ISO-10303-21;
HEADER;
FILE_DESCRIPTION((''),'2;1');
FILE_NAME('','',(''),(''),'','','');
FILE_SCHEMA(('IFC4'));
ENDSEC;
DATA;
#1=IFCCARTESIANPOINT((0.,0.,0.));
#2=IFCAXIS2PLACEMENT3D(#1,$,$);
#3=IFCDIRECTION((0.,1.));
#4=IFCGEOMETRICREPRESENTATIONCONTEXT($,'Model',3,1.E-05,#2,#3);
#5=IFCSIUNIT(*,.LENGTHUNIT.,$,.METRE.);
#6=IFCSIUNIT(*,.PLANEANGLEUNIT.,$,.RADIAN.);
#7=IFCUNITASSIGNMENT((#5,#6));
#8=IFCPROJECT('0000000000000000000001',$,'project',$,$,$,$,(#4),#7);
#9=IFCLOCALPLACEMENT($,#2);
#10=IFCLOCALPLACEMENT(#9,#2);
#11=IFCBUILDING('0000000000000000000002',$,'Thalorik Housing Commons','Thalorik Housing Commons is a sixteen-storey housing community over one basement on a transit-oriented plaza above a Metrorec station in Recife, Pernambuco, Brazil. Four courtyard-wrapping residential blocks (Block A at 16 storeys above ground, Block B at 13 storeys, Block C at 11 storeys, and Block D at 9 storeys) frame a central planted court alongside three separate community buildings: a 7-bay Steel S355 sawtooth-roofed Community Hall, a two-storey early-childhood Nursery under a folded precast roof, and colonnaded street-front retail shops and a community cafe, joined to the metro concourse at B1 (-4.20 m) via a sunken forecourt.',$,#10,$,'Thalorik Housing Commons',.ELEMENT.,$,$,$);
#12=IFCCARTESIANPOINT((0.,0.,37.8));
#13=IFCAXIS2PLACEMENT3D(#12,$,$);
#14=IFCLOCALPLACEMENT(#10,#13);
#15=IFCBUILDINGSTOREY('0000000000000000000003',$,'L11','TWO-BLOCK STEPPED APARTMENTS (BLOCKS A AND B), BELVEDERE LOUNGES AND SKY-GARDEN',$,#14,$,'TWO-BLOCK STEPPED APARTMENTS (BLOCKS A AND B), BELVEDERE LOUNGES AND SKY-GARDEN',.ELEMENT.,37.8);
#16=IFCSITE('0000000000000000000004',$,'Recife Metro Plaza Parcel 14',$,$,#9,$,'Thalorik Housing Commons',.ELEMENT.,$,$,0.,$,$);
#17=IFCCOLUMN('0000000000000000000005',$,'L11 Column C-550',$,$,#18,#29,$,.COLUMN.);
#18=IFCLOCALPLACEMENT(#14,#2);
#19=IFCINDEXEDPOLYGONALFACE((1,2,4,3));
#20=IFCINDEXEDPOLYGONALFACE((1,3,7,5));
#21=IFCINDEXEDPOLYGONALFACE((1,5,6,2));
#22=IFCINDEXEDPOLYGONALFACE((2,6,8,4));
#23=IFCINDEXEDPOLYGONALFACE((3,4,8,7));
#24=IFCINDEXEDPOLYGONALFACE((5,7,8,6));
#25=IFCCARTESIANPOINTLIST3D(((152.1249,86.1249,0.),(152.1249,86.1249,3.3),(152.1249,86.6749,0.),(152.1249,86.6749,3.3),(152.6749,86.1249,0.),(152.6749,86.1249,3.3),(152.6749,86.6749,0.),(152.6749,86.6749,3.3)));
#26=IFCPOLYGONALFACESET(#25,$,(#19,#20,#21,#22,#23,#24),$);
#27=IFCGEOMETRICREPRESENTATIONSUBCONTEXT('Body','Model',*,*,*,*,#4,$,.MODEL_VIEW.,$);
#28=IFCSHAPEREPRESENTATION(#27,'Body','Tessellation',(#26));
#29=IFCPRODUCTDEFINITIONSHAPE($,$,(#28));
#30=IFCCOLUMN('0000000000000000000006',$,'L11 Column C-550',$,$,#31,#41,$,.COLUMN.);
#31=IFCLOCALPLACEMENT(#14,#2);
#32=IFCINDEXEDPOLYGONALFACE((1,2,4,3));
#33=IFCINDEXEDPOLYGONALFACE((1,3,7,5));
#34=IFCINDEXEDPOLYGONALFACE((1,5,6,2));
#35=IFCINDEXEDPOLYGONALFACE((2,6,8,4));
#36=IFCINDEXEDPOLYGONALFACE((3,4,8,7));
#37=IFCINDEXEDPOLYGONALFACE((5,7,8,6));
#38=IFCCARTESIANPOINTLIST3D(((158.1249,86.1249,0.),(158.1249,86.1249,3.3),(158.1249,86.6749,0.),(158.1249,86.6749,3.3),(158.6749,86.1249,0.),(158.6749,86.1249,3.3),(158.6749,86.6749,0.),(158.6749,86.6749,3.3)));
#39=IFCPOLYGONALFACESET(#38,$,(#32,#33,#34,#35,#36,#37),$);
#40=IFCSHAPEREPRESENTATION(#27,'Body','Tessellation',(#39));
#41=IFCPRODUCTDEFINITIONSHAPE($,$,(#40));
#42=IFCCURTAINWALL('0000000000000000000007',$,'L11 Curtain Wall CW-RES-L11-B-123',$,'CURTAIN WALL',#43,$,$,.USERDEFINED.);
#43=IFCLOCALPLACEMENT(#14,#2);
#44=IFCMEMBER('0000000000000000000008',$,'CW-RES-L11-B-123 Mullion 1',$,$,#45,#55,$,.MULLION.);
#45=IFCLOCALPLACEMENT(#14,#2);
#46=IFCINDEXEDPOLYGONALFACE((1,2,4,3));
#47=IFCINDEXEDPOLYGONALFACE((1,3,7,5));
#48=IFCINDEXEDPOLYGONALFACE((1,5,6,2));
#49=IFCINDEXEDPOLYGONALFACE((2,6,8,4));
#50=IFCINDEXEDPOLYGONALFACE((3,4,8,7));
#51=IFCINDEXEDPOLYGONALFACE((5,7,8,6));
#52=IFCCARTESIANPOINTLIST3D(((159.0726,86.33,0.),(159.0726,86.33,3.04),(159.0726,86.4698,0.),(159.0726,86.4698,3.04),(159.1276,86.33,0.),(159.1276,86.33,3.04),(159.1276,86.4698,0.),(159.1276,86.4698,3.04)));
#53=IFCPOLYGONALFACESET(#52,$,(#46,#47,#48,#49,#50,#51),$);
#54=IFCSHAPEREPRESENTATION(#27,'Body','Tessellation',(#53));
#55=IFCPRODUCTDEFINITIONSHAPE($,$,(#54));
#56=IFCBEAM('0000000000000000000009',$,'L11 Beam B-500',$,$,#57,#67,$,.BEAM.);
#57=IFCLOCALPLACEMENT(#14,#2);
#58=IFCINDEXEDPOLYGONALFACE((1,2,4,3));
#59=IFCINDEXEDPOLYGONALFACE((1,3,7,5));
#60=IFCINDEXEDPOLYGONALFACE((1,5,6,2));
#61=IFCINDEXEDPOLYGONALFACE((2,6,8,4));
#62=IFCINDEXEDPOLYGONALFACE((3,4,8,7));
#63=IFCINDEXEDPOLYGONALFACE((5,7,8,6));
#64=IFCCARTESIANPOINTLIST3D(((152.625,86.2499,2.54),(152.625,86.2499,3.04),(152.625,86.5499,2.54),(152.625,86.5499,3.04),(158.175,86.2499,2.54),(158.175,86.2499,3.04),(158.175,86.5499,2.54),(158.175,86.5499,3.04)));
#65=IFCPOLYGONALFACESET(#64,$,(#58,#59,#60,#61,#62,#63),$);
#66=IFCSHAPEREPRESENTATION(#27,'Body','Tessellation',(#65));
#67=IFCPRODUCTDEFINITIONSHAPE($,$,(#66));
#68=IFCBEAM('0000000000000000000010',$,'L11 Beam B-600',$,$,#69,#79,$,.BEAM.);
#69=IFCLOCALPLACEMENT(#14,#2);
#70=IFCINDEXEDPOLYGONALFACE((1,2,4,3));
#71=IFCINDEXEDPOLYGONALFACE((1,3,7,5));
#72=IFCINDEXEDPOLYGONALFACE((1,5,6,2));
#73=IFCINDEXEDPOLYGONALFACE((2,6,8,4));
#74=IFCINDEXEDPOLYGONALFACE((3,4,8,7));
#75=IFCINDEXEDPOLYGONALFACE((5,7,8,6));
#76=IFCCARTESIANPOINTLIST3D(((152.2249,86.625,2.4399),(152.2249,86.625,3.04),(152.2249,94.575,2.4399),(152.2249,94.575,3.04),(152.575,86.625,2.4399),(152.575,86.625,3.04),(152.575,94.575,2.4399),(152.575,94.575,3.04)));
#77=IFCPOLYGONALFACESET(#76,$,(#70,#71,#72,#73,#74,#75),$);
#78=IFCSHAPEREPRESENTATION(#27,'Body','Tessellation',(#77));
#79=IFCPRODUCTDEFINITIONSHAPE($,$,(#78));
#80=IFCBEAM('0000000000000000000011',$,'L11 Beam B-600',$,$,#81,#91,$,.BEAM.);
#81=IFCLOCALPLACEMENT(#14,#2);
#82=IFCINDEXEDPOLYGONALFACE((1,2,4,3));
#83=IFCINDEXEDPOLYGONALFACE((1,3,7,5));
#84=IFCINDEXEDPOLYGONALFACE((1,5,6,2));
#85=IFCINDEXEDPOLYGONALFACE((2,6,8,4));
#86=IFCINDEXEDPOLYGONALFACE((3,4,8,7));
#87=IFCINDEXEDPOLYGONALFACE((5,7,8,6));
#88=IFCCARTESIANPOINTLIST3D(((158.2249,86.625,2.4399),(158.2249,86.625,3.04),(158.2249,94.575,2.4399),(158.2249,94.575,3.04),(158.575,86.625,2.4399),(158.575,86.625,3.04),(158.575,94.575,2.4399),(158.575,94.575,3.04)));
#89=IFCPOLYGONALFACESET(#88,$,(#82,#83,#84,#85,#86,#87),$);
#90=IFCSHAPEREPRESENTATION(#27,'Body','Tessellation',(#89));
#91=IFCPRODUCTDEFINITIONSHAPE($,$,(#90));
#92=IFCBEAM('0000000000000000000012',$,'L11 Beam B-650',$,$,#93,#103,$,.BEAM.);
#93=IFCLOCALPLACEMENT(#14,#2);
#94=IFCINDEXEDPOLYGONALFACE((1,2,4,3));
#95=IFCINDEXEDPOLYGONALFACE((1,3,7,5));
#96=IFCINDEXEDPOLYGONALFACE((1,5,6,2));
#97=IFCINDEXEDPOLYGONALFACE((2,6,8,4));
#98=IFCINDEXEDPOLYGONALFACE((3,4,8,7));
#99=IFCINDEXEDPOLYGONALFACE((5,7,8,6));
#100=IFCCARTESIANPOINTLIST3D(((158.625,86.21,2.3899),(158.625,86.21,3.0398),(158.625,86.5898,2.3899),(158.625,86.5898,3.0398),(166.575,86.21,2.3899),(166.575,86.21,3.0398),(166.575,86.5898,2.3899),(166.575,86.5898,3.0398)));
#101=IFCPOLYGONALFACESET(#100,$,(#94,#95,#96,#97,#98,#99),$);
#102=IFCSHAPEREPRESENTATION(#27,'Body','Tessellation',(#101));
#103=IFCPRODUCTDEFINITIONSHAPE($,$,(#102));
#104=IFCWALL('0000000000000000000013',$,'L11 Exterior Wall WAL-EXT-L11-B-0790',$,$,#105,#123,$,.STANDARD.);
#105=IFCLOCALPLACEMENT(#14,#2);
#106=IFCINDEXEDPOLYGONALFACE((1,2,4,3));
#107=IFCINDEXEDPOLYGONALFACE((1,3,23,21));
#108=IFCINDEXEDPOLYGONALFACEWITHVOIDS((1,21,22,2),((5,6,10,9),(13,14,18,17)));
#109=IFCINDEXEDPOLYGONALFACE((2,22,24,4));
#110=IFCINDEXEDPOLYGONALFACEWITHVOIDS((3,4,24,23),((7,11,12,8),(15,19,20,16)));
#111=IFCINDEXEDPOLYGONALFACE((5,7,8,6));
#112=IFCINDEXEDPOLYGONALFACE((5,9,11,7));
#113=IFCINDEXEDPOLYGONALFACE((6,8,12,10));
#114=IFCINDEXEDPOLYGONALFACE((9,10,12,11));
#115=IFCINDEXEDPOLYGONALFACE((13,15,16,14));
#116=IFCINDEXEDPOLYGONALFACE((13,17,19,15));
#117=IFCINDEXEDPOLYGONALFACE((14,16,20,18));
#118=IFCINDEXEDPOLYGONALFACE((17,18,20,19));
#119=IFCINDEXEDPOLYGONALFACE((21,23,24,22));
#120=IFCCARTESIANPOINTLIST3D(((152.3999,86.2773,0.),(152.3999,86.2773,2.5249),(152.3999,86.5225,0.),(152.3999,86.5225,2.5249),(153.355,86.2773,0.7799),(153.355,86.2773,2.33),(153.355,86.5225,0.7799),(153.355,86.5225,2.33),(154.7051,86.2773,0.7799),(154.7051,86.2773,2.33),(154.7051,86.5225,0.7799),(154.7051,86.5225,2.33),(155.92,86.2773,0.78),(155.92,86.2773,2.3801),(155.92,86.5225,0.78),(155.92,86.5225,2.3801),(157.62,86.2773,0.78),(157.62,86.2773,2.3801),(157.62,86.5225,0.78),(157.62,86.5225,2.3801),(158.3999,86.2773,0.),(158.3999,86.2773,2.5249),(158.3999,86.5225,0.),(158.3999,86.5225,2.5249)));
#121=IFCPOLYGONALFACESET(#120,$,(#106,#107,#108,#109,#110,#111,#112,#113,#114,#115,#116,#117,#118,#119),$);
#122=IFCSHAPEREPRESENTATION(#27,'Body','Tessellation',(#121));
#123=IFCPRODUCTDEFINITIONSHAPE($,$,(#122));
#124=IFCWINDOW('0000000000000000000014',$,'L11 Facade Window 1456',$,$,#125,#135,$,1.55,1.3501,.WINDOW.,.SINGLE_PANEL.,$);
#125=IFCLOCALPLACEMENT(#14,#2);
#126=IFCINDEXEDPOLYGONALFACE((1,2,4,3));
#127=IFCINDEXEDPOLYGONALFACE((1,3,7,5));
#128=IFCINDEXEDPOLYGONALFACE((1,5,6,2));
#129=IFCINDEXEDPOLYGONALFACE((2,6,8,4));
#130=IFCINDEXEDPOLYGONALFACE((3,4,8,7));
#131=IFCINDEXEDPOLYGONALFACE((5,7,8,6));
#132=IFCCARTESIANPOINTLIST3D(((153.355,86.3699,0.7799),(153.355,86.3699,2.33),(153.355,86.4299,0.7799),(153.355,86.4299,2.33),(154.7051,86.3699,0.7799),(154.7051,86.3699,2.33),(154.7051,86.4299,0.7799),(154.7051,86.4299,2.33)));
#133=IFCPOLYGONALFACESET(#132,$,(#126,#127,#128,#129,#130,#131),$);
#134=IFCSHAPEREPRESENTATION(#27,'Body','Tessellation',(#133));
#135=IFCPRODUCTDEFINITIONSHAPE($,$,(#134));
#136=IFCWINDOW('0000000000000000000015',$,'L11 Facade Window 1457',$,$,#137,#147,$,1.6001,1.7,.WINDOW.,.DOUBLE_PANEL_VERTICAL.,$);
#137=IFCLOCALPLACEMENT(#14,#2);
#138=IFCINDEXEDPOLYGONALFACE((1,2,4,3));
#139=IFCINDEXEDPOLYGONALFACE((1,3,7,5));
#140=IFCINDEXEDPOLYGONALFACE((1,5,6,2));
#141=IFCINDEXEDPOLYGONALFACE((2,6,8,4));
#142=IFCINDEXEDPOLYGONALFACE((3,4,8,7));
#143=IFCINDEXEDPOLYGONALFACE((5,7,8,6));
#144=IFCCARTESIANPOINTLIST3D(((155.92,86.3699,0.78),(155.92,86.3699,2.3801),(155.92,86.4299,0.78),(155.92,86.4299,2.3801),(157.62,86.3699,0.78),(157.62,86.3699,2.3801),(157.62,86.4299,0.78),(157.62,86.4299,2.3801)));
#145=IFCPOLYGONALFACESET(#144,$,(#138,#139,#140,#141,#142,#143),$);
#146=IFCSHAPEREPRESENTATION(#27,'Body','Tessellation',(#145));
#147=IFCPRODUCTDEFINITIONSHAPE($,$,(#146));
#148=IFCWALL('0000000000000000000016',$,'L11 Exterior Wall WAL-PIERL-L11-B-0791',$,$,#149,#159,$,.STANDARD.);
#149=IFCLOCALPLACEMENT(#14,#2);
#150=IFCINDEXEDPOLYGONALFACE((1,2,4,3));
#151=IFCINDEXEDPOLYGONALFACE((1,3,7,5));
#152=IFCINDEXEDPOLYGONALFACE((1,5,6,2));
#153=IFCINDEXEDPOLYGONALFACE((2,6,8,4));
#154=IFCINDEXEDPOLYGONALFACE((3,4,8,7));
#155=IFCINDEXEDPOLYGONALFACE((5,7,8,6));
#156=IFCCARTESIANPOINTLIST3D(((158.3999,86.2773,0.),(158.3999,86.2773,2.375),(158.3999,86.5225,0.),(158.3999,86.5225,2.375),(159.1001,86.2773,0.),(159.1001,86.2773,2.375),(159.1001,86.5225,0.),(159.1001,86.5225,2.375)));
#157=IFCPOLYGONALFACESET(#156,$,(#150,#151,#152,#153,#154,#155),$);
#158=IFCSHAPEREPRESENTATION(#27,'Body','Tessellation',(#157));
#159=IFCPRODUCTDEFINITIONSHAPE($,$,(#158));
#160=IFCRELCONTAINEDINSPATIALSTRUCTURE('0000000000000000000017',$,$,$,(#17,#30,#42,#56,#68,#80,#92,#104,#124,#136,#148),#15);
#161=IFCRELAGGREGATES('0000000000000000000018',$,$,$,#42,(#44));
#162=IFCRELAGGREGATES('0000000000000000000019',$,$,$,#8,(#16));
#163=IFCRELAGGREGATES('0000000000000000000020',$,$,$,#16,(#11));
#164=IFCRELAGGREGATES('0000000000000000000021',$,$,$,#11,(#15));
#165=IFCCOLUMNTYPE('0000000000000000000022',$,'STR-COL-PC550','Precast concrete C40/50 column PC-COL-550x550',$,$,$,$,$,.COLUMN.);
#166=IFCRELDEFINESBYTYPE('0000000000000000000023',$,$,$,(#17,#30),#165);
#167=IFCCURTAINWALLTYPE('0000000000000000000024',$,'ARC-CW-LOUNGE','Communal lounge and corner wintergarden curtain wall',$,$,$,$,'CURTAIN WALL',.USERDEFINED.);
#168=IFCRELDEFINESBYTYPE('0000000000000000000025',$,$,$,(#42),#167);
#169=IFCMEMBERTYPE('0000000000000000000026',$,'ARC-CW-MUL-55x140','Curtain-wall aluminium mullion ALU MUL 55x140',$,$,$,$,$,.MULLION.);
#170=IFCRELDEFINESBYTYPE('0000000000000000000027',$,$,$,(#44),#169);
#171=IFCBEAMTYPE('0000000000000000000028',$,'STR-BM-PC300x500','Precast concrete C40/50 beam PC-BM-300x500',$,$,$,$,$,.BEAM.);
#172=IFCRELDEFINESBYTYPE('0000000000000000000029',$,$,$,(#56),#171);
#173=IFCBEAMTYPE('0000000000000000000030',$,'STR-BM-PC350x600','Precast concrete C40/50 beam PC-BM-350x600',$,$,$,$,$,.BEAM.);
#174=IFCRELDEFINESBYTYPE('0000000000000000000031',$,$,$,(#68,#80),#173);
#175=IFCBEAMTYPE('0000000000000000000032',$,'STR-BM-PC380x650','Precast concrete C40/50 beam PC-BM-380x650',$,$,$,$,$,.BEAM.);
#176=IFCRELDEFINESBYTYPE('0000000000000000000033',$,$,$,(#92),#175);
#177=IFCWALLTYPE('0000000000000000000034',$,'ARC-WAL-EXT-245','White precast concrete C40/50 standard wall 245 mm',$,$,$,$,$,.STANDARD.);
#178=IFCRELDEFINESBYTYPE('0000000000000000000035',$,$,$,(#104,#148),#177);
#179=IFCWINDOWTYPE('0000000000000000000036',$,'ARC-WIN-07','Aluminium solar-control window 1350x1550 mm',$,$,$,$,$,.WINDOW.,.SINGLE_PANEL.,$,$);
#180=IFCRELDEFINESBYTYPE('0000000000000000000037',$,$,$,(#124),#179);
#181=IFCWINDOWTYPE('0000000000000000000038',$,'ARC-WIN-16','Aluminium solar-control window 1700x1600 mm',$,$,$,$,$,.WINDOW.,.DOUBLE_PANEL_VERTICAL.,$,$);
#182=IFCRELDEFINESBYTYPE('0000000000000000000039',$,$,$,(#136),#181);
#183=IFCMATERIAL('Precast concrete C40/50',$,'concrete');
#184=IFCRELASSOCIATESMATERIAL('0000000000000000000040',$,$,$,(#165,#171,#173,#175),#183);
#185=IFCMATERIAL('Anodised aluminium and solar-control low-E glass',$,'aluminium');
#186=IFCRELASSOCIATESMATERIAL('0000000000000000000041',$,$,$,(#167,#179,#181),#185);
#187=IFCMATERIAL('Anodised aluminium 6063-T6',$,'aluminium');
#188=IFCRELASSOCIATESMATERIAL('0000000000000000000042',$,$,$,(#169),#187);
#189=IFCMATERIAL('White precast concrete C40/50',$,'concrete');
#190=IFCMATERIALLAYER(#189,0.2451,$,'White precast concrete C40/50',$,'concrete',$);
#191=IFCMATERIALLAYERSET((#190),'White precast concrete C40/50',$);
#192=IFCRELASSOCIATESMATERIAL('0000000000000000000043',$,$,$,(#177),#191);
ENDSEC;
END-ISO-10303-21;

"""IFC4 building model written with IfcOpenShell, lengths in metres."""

from ifc_helpers import new_model, si_unit, direction, frame, frame_2d, origin, origin_2d, place, context, subcontext, project, spatial, rectangle, extrude, material, layer, layer_set, material_profile, profile_set, type_object, element, fill, aggregate, save


model = new_model("IFC4")

# Units and contexts
model_context = context("Model", 3, precision=1e-05, world=origin(), true_north=direction((0.0, 1.0)))
body_context = subcontext(model_context, "Body", "Model", "MODEL_VIEW")
ifc_project = project(units=[si_unit("LENGTHUNIT", "METRE"), si_unit("PLANEANGLEUNIT", "RADIAN")], contexts=[model_context])

# Site, building, storey
site_placement = place(None, origin())
site = spatial("IfcSite", under=ifc_project, at=site_placement, Name="Recife Metro Plaza Parcel 14", LongName="Thalorik Housing Commons", CompositionType="ELEMENT", RefElevation=0.0)
building_placement = place(site_placement, origin())
building = spatial("IfcBuilding", under=site, at=building_placement, Name="Thalorik Housing Commons", Description="Thalorik Housing Commons is a sixteen-storey housing community over one basement on a transit-oriented plaza above a Metrorec station in Recife, Pernambuco, Brazil. Four courtyard-wrapping residential blocks (Block A at 16 storeys above ground, Block B at 13 storeys, Block C at 11 storeys, and Block D at 9 storeys) frame a central planted court alongside three separate community buildings: a 7-bay Steel S355 sawtooth-roofed Community Hall, a two-storey early-childhood Nursery under a folded precast roof, and colonnaded street-front retail shops and a community cafe, joined to the metro concourse at B1 (-4.20 m) via a sunken forecourt.", LongName="Thalorik Housing Commons", CompositionType="ELEMENT")
storey_placement = place(building_placement, frame((0.0, 0.0, 37.8)))
storey = spatial("IfcBuildingStorey", under=building, at=storey_placement, Name="L11", Description="TWO-BLOCK STEPPED APARTMENTS (BLOCKS A AND B), BELVEDERE LOUNGES AND SKY-GARDEN", LongName="TWO-BLOCK STEPPED APARTMENTS (BLOCKS A AND B), BELVEDERE LOUNGES AND SKY-GARDEN", CompositionType="ELEMENT", Elevation=37.8)

# Columns
ifc_material_1 = material(Name="Precast concrete C40/50", Category="concrete")
ifc_material_profile_1 = material_profile(ifc_material_1, rectangle(XDim=0.55, YDim=0.55, at=origin_2d()), Name="PC 550x550", Category="concrete")
ifc_profile_set_1 = profile_set([ifc_material_profile_1], Name="Precast concrete C40/50")
column_type = type_object("IfcColumnType", Name="STR-COL-PC550", Description="Precast concrete C40/50 column PC-COL-550x550", PredefinedType="COLUMN", material=ifc_profile_set_1)
for number, where, z_axis, x_axis, name in (
    (1, (152.3999, 86.3999, 0.0), (0.0, 0.0, 1.0), (1.0, 0.0, 0.0), "L11 Column C-550"),
    (2, (158.3999, 86.3999, 0.0), (0.0, 0.0, 1.0), (1.0, 0.0, 0.0), "L11 Column C-550"),
):
    element("IfcColumn", number, at=place(storey_placement, frame(where, z_axis=z_axis, x_axis=x_axis)), inside=storey, type_object=column_type, Name=name, PredefinedType="COLUMN", context=body_context, shape_type="SweptSolid", body=[
        extrude(rectangle(XDim=0.55, YDim=0.55, at=origin_2d()), origin(), (0.0, 0.0, 1.0), 3.3),
    ])

# Curtain wall, member
ifc_material_2 = material(Name="Anodised aluminium and solar-control low-E glass", Category="aluminium")
curtain_wall_type = type_object("IfcCurtainWallType", Name="ARC-CW-LOUNGE", Description="Communal lounge and corner wintergarden curtain wall", ElementType="CURTAIN WALL", PredefinedType="USERDEFINED", material=ifc_material_2)
curtain_wall_placement = place(storey_placement, origin())
curtain_wall = element("IfcCurtainWall", 3, at=curtain_wall_placement, inside=storey, type_object=curtain_wall_type, Name="L11 Curtain Wall CW-RES-L11-B-123", ObjectType="CURTAIN WALL", PredefinedType="USERDEFINED")
ifc_material_3 = material(Name="Anodised aluminium 6063-T6", Category="aluminium")
ifc_material_profile_2 = material_profile(ifc_material_3, rectangle(XDim=0.0549, YDim=0.1399, at=origin_2d()), Name="ALU MUL 55x140", Category="aluminium")
ifc_profile_set_2 = profile_set([ifc_material_profile_2], Name="Anodised aluminium 6063-T6")
member_type = type_object("IfcMemberType", Name="ARC-CW-MUL-55x140", Description="Curtain-wall aluminium mullion ALU MUL 55x140", PredefinedType="MULLION", material=ifc_profile_set_2)
member_placement = place(storey_placement, frame((159.1001, 86.3999, 0.0), z_axis=(0.0, 0.0, 1.0), x_axis=(1.0, 0.0, 0.0)))
member = element("IfcMember", 4, at=member_placement, type_object=member_type, Name="CW-RES-L11-B-123 Mullion 1", PredefinedType="MULLION", context=body_context, shape_type="SweptSolid", body=[
    extrude(rectangle(XDim=0.0549, YDim=0.1399, at=origin_2d()), origin(), (0.0, 0.0, 1.0), 3.04),
])
aggregate(curtain_wall, [member])

# Beams
ifc_material_profile_3 = material_profile(ifc_material_1, rectangle(XDim=0.3, YDim=0.5, at=origin_2d()), Name="PC 300x500", Category="concrete")
ifc_profile_set_3 = profile_set([ifc_material_profile_3], Name="Precast concrete C40/50")
beam_type_1 = type_object("IfcBeamType", Name="STR-BM-PC300x500", Description="Precast concrete C40/50 beam PC-BM-300x500", PredefinedType="BEAM", material=ifc_profile_set_3)
beam_1_placement = place(storey_placement, frame((152.625, 86.3999, 2.79), z_axis=(1.0, 0.0, 0.0), x_axis=(0.0, 1.0, 0.0)))
element("IfcBeam", 5, at=beam_1_placement, inside=storey, type_object=beam_type_1, Name="L11 Beam B-500", PredefinedType="BEAM", context=body_context, shape_type="SweptSolid", body=[
    extrude(rectangle(XDim=0.3, YDim=0.5, at=origin_2d()), origin(), (0.0, 0.0, 1.0), 5.55),
])
ifc_material_profile_4 = material_profile(ifc_material_1, rectangle(XDim=0.3501, YDim=0.6001, at=origin_2d()), Name="PC 350x600", Category="concrete")
ifc_profile_set_4 = profile_set([ifc_material_profile_4], Name="Precast concrete C40/50")
beam_type_2 = type_object("IfcBeamType", Name="STR-BM-PC350x600", Description="Precast concrete C40/50 beam PC-BM-350x600", PredefinedType="BEAM", material=ifc_profile_set_4)
for number, where, z_axis, x_axis, name in (
    (6, (152.3999, 86.625, 2.74), (0.0, 1.0, 0.0), (-1.0, 0.0, 0.0), "L11 Beam B-600"),
    (7, (158.3999, 86.625, 2.74), (0.0, 1.0, 0.0), (-1.0, 0.0, 0.0), "L11 Beam B-600"),
):
    element("IfcBeam", number, at=place(storey_placement, frame(where, z_axis=z_axis, x_axis=x_axis)), inside=storey, type_object=beam_type_2, Name=name, PredefinedType="BEAM", context=body_context, shape_type="SweptSolid", body=[
        extrude(rectangle(XDim=0.3501, YDim=0.6001, at=origin_2d()), origin(), (0.0, 0.0, 1.0), 7.95),
    ])
ifc_material_profile_5 = material_profile(ifc_material_1, rectangle(XDim=0.3799, YDim=0.6499, at=origin_2d()), Name="PC 380x650", Category="concrete")
ifc_profile_set_5 = profile_set([ifc_material_profile_5], Name="Precast concrete C40/50")
beam_type_3 = type_object("IfcBeamType", Name="STR-BM-PC380x650", Description="Precast concrete C40/50 beam PC-BM-380x650", PredefinedType="BEAM", material=ifc_profile_set_5)
beam_2_placement = place(storey_placement, frame((158.625, 86.3999, 2.7148), z_axis=(1.0, 0.0, 0.0), x_axis=(0.0, 1.0, 0.0)))
element("IfcBeam", 8, at=beam_2_placement, inside=storey, type_object=beam_type_3, Name="L11 Beam B-650", PredefinedType="BEAM", context=body_context, shape_type="SweptSolid", body=[
    extrude(rectangle(XDim=0.3799, YDim=0.6499, at=origin_2d()), origin(), (0.0, 0.0, 1.0), 7.95),
])

# Wall, openings, windows
ifc_material_4 = material(Name="White precast concrete C40/50", Category="concrete")
ifc_layer_1 = layer(ifc_material_4, 0.2451, Name="White precast concrete C40/50", Category="concrete")
ifc_layer_set_1 = layer_set([ifc_layer_1], Name="White precast concrete C40/50")
wall_type_1 = type_object("IfcWallType", Name="ARC-WAL-EXT-245", Description="White precast concrete C40/50 standard wall 245 mm", PredefinedType="STANDARD", material=ifc_layer_set_1)
wall_1_placement = place(storey_placement, frame((152.3999, 86.3999, 0.0), z_axis=(0.0, 0.0, 1.0), x_axis=(1.0, 0.0, 0.0)))
wall_1 = element("IfcWall", 9, at=wall_1_placement, inside=storey, type_object=wall_type_1, Name="L11 Exterior Wall WAL-EXT-L11-B-0790", PredefinedType="STANDARD", context=body_context, shape_type="SweptSolid", body=[
    extrude(rectangle(XDim=6.0, YDim=0.2451, at=frame_2d((3.0, 0.0))), origin(), (0.0, 0.0, 1.0), 2.5249),
])
opening_1_placement = place(wall_1_placement, frame((0.9551, 0.0, 0.78)))
opening_1 = element("IfcOpeningElement", 10, at=opening_1_placement, cuts=wall_1, PredefinedType="OPENING", context=body_context, shape_type="SweptSolid", body=[
    extrude(rectangle(XDim=1.3501, YDim=1.55, at=frame_2d((0.675, 0.7749))), frame((0.0, 0.1326, 0.0), z_axis=(0.0, -1.0, 0.0), x_axis=(1.0, 0.0, 0.0)), (0.0, 0.0, 1.0), 0.2651),
])
opening_2_placement = place(wall_1_placement, frame((3.52, 0.0, 0.78)))
opening_2 = element("IfcOpeningElement", 11, at=opening_2_placement, cuts=wall_1, PredefinedType="OPENING", context=body_context, shape_type="SweptSolid", body=[
    extrude(rectangle(XDim=1.7, YDim=1.6001, at=frame_2d((0.8501, 0.8))), frame((0.0, 0.1326, 0.0), z_axis=(0.0, -1.0, 0.0), x_axis=(1.0, 0.0, 0.0)), (0.0, 0.0, 1.0), 0.2651),
])
window_type_1 = type_object("IfcWindowType", Name="ARC-WIN-07", Description="Aluminium solar-control window 1350x1550 mm", PartitioningType="SINGLE_PANEL", PredefinedType="WINDOW", material=ifc_material_2)
window_1_placement = place(opening_1_placement, origin())
window_1 = element("IfcWindow", 12, at=window_1_placement, inside=storey, type_object=window_type_1, Name="L11 Facade Window 1456", OverallHeight=1.55, OverallWidth=1.3501, PartitioningType="SINGLE_PANEL", PredefinedType="WINDOW", context=body_context, shape_type="SweptSolid", body=[
    extrude(rectangle(XDim=1.3501, YDim=1.55, at=frame_2d((0.675, 0.7749))), frame((0.0, 0.03, 0.0), z_axis=(0.0, -1.0, 0.0), x_axis=(1.0, 0.0, 0.0)), (0.0, 0.0, 1.0), 0.0601),
])
fill(opening_1, window_1)
window_type_2 = type_object("IfcWindowType", Name="ARC-WIN-16", Description="Aluminium solar-control window 1700x1600 mm", PartitioningType="DOUBLE_PANEL_VERTICAL", PredefinedType="WINDOW", material=ifc_material_2)
window_2_placement = place(opening_2_placement, origin())
window_2 = element("IfcWindow", 13, at=window_2_placement, inside=storey, type_object=window_type_2, Name="L11 Facade Window 1457", OverallHeight=1.6001, OverallWidth=1.7, PartitioningType="DOUBLE_PANEL_VERTICAL", PredefinedType="WINDOW", context=body_context, shape_type="SweptSolid", body=[
    extrude(rectangle(XDim=1.7, YDim=1.6001, at=frame_2d((0.8501, 0.8))), frame((0.0, 0.03, 0.0), z_axis=(0.0, -1.0, 0.0), x_axis=(1.0, 0.0, 0.0)), (0.0, 0.0, 1.0), 0.0601),
])
fill(opening_2, window_2)

# Wall
wall_2_placement = place(storey_placement, frame((158.3999, 86.3999, 0.0), z_axis=(0.0, 0.0, 1.0), x_axis=(1.0, 0.0, 0.0)))
element("IfcWall", 14, at=wall_2_placement, inside=storey, type_object=wall_type_1, Name="L11 Exterior Wall WAL-PIERL-L11-B-0791", PredefinedType="STANDARD", context=body_context, shape_type="SweptSolid", body=[
    extrude(rectangle(XDim=0.7002, YDim=0.2451, at=frame_2d((0.3501, 0.0))), origin(), (0.0, 0.0, 1.0), 2.375),
])

save(model, "model.ifc")
